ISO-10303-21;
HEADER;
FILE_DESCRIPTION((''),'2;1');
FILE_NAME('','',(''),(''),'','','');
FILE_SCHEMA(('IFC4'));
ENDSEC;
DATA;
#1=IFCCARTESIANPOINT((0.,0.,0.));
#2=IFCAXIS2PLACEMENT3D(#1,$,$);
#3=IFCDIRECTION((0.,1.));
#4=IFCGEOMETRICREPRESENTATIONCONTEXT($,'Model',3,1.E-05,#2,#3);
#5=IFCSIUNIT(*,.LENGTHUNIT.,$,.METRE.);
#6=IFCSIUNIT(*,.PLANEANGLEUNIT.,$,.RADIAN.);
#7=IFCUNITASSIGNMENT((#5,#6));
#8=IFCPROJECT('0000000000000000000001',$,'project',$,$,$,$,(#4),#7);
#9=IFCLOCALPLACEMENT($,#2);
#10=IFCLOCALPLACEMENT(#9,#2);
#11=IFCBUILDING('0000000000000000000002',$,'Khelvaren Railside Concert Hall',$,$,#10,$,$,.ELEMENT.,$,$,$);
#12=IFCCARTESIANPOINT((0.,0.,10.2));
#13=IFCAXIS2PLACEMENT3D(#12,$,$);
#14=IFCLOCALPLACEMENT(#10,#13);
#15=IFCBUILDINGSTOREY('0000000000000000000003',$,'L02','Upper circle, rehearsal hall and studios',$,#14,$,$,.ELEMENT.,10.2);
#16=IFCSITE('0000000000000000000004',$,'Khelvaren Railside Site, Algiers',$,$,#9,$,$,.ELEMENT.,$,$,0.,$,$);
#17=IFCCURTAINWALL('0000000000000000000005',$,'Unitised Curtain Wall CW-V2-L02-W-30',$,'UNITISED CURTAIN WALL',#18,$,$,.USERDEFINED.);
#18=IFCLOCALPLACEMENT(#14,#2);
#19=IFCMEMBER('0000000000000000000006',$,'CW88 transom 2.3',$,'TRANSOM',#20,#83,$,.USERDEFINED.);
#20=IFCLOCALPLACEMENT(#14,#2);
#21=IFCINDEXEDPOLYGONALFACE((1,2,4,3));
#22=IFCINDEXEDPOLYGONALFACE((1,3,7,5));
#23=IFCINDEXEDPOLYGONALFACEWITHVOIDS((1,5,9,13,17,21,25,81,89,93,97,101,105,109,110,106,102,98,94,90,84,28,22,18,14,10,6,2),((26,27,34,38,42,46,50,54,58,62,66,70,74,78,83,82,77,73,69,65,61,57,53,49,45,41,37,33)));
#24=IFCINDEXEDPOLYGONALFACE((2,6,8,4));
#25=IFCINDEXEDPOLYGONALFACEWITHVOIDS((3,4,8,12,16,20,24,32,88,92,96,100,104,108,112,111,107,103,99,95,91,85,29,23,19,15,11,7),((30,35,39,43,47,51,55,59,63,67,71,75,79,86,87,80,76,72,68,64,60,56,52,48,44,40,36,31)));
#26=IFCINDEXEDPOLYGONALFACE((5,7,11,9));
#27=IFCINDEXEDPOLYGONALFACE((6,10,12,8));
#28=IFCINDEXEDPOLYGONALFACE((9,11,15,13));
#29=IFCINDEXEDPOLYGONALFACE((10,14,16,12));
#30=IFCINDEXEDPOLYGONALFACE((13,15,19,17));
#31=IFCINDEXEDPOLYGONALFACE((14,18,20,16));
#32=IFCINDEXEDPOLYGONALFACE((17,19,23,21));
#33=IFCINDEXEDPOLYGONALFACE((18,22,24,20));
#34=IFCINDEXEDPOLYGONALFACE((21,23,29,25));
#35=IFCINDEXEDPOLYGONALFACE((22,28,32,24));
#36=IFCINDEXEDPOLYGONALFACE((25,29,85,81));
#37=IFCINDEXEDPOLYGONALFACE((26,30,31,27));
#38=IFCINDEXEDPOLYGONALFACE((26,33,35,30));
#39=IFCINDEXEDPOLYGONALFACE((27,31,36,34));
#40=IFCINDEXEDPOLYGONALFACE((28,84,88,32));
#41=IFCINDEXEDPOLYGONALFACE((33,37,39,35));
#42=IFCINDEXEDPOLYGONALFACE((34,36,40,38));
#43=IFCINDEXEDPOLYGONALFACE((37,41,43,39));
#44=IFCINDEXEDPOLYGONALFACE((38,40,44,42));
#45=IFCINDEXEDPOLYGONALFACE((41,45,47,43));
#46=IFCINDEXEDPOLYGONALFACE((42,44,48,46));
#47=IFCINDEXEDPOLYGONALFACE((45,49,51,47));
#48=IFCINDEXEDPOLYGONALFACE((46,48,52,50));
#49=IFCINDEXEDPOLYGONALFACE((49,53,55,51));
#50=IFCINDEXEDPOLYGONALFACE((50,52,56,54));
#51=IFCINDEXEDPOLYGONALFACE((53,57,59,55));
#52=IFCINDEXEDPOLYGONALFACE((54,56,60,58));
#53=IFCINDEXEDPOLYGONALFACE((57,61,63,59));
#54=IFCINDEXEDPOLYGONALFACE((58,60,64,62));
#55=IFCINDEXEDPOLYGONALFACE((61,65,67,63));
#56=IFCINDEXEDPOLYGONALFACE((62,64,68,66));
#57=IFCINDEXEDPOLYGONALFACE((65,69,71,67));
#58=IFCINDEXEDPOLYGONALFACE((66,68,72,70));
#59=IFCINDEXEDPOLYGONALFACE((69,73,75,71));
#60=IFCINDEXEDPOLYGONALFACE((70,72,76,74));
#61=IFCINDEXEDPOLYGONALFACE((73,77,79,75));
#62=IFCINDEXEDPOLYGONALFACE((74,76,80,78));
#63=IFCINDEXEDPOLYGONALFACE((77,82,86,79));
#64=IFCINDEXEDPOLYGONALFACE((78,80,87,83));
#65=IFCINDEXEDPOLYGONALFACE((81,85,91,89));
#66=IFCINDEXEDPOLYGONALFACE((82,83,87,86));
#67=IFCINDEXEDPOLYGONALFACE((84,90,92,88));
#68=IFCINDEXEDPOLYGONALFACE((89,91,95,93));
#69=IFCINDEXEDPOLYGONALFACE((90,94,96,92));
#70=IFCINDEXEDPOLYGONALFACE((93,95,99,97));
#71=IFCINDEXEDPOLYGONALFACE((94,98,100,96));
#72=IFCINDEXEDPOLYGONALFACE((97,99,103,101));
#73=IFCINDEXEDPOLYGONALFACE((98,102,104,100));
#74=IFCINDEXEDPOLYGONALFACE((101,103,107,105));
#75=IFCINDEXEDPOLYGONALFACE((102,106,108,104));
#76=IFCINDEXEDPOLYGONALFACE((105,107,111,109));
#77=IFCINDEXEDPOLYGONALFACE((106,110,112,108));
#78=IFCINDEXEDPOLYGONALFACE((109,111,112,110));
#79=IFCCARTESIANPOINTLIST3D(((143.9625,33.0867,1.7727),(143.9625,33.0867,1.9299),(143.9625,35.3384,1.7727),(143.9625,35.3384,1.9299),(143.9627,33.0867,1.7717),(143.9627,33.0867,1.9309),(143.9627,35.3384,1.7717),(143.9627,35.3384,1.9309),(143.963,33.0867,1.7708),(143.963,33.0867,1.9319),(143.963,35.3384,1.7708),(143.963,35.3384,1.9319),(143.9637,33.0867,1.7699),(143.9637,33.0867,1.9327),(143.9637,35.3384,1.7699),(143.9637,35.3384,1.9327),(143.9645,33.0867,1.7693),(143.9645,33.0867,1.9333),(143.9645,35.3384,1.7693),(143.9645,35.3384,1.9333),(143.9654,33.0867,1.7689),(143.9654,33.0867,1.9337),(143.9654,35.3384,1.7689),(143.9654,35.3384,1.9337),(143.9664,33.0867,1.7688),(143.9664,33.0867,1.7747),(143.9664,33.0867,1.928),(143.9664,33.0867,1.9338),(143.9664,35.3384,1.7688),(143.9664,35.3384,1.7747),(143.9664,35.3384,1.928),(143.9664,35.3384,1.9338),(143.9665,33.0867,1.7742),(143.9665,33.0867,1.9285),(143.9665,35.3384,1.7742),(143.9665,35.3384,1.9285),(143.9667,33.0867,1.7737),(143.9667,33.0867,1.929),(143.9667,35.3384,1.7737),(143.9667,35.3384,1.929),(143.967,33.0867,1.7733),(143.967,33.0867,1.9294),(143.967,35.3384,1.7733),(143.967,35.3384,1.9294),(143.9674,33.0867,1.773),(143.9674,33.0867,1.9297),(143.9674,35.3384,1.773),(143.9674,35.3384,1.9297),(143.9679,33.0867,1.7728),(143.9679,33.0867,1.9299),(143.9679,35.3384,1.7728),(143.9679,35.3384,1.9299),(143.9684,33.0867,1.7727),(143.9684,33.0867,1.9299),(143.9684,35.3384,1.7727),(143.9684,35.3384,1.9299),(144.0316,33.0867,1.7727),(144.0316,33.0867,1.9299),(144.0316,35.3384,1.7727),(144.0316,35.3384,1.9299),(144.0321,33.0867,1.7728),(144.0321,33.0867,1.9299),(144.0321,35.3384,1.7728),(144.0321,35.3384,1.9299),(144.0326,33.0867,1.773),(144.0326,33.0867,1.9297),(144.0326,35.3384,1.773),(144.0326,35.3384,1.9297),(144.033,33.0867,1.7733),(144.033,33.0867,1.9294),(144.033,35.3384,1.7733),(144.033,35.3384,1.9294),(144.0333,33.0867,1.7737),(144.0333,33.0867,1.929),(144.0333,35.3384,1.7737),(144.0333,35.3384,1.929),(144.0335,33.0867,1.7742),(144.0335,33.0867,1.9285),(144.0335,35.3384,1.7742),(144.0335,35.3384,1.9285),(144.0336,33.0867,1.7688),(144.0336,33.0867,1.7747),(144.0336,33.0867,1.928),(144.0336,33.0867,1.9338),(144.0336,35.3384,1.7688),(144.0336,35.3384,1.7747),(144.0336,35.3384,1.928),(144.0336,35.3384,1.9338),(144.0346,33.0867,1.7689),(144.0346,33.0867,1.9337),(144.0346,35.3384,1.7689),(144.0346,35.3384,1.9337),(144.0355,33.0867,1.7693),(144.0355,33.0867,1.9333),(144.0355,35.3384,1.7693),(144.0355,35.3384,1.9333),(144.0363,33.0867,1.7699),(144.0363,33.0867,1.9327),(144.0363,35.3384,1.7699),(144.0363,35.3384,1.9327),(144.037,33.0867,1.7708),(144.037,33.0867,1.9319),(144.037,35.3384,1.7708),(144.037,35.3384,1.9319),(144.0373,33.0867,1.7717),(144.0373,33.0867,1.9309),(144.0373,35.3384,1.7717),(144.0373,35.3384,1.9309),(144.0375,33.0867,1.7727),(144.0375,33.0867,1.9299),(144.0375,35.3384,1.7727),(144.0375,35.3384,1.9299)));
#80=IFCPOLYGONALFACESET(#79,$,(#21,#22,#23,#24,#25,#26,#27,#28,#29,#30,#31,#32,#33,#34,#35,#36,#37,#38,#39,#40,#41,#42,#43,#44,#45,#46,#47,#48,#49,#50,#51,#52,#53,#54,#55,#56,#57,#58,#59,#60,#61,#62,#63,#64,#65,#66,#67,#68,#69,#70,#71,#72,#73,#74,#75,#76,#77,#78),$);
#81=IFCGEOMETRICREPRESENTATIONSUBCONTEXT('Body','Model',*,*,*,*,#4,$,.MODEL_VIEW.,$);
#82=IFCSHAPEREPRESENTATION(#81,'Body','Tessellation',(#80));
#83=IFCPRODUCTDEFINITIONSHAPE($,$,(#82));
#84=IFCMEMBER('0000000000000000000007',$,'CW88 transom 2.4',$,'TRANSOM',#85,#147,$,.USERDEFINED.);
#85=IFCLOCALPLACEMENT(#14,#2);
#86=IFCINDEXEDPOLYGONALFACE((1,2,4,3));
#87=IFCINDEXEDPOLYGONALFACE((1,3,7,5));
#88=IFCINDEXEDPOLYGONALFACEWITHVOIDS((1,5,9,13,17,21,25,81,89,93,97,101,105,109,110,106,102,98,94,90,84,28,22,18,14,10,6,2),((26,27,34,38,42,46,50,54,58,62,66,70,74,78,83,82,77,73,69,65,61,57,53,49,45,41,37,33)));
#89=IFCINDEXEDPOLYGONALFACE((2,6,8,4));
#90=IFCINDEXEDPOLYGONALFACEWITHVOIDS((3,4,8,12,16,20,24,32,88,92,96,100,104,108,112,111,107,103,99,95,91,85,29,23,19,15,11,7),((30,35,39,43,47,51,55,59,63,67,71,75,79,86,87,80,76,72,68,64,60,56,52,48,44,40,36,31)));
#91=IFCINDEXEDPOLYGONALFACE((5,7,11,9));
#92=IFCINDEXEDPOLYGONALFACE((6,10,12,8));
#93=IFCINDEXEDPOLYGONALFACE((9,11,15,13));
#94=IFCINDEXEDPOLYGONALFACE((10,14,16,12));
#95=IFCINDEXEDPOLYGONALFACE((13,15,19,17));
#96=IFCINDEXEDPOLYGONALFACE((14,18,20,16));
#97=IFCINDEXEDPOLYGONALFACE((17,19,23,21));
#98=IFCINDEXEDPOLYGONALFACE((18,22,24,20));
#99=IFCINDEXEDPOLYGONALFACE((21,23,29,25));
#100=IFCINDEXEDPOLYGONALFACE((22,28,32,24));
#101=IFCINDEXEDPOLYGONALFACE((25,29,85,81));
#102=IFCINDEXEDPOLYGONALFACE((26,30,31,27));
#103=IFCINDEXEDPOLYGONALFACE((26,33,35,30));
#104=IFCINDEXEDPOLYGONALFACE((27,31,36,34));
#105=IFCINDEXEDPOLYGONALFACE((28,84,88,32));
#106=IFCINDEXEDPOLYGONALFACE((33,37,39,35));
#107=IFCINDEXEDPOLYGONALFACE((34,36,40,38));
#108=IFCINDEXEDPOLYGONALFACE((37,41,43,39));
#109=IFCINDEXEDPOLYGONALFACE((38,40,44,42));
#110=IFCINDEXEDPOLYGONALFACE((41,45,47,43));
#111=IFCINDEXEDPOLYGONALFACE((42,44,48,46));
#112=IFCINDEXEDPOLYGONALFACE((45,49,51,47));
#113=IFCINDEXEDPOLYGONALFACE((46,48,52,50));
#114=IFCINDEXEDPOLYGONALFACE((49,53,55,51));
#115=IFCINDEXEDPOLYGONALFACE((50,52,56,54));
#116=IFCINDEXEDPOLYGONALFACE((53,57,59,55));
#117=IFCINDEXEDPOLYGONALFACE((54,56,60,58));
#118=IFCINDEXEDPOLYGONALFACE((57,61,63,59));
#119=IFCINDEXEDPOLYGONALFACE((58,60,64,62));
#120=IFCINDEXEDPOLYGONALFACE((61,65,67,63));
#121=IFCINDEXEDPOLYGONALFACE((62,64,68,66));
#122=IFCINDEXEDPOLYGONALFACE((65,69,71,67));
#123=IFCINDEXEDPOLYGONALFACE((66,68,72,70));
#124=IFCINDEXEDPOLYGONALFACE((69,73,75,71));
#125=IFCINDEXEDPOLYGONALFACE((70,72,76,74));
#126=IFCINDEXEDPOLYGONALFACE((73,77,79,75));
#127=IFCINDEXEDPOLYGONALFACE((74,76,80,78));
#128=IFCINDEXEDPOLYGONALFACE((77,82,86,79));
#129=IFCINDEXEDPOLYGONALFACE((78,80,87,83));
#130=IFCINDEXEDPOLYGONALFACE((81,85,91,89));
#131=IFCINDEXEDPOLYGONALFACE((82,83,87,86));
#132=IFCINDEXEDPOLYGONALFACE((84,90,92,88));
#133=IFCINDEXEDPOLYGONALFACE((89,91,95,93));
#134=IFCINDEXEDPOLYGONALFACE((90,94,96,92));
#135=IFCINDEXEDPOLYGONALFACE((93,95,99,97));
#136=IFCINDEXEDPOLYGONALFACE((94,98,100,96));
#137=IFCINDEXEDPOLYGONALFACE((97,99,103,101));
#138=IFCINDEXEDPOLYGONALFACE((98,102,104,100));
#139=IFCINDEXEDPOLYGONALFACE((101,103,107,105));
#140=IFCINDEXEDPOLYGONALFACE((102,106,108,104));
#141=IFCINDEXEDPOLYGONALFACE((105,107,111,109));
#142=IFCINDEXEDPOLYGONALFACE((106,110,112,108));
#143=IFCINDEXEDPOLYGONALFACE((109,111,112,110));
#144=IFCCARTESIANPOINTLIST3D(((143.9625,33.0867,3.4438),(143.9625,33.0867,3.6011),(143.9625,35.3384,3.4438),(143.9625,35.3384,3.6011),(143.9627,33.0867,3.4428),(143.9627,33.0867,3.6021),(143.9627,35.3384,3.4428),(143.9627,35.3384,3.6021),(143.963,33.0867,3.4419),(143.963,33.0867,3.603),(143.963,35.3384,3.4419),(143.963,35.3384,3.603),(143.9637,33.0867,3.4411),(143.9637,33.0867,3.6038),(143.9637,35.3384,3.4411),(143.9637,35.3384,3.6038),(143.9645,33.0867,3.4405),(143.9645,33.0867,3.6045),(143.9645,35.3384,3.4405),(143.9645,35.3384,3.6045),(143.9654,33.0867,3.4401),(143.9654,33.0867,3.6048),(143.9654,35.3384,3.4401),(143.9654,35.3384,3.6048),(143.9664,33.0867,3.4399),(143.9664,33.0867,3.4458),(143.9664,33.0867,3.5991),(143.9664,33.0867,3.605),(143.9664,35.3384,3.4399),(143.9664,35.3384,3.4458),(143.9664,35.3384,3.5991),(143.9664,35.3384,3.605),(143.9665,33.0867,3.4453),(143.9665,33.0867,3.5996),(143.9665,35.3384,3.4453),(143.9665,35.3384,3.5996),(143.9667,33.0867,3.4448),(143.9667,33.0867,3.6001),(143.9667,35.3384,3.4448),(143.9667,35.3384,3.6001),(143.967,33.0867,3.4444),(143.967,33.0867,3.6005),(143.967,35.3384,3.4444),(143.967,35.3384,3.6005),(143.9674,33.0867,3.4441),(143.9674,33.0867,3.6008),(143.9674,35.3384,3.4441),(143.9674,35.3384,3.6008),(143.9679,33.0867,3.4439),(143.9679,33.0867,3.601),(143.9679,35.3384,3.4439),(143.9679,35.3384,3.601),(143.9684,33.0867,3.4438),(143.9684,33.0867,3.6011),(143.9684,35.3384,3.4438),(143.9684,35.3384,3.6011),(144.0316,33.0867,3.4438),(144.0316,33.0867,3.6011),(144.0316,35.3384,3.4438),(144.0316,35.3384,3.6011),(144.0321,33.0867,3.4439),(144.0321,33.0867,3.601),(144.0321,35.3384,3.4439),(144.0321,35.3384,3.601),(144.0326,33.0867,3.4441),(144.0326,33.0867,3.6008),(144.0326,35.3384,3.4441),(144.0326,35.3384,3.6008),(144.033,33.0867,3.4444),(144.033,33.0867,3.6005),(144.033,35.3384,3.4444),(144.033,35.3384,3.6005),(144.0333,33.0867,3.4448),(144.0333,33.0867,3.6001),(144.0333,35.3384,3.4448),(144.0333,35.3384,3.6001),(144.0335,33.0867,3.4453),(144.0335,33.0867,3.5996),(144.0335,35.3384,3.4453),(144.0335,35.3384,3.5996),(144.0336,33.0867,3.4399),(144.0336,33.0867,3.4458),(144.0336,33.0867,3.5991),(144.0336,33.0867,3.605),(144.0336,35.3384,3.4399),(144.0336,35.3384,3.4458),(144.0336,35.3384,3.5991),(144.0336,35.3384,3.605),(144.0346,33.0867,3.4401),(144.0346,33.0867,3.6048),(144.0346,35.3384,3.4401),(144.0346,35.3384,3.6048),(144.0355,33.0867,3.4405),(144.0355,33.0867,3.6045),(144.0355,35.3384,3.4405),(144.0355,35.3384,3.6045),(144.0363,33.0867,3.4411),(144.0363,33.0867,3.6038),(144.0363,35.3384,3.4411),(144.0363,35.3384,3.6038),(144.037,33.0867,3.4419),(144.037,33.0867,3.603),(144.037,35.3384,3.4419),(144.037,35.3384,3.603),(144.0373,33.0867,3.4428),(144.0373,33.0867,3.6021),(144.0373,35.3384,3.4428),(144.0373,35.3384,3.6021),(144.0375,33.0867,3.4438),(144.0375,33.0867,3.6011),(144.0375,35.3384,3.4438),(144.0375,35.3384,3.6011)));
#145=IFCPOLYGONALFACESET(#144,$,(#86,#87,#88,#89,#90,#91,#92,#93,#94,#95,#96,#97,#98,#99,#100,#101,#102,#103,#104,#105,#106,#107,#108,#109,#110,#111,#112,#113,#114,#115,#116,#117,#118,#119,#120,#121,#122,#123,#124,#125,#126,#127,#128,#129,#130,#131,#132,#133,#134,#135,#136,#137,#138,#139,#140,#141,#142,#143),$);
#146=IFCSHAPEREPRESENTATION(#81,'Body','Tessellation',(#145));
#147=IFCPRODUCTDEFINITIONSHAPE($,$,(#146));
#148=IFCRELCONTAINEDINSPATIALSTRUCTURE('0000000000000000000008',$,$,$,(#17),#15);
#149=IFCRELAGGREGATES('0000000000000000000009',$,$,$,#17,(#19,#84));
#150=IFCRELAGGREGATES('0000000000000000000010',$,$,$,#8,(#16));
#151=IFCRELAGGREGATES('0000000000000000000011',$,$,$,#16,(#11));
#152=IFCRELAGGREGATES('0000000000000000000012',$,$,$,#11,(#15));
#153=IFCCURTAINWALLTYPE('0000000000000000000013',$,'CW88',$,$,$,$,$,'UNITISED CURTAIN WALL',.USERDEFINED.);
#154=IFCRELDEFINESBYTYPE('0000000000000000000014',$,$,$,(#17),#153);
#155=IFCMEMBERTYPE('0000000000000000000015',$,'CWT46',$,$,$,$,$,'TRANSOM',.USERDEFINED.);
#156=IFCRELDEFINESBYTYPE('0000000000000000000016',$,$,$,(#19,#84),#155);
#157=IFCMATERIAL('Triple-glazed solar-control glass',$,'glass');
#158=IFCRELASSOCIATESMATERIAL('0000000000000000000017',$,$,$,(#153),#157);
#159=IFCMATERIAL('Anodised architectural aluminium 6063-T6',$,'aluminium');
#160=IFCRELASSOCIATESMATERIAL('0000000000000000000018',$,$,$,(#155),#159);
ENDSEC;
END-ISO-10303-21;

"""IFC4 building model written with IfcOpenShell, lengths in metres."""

from ifc_helpers import new_model, si_unit, direction, frame, origin, origin_2d, place, context, subcontext, project, spatial, hollow_rectangle, extrude, material, material_profile, profile_set, type_object, element, aggregate, save


model = new_model("IFC4")

# Units and contexts
model_context = context("Model", 3, precision=1e-05, world=origin(), true_north=direction((0.0, 1.0)))
body_context = subcontext(model_context, "Body", "Model", "MODEL_VIEW")
ifc_project = project(units=[si_unit("LENGTHUNIT", "METRE"), si_unit("PLANEANGLEUNIT", "RADIAN")], contexts=[model_context])

# Site, building, storey
site_placement = place(None, origin())
site = spatial("IfcSite", under=ifc_project, at=site_placement, Name="Khelvaren Railside Site, Algiers", CompositionType="ELEMENT", RefElevation=0.0)
building_placement = place(site_placement, origin())
building = spatial("IfcBuilding", under=site, at=building_placement, Name="Khelvaren Railside Concert Hall", CompositionType="ELEMENT")
storey_placement = place(building_placement, frame((0.0, 0.0, 10.2)))
storey = spatial("IfcBuildingStorey", under=building, at=storey_placement, Name="L02", Description="Upper circle, rehearsal hall and studios", CompositionType="ELEMENT", Elevation=10.2)

# Curtain wall
ifc_material_1 = material(Name="Triple-glazed solar-control glass", Category="glass")
curtain_wall_type_1 = type_object("IfcCurtainWallType", Name="CW88", ElementType="UNITISED CURTAIN WALL", PredefinedType="USERDEFINED", material=ifc_material_1)
curtain_wall_1_placement = place(storey_placement, origin())
curtain_wall_1 = element("IfcCurtainWall", 1, at=curtain_wall_1_placement, inside=storey, type_object=curtain_wall_type_1, Name="Unitised Curtain Wall CW-V2-L02-W-30", ObjectType="UNITISED CURTAIN WALL", PredefinedType="USERDEFINED")
ifc_material_2 = material(Name="Anodised architectural aluminium 6063-T6", Category="aluminium")

# Members
ifc_material_profile_1 = material_profile(ifc_material_2, hollow_rectangle(XDim=0.075, YDim=0.165, WallThickness=0.0039, InnerFilletRadius=0.002, OuterFilletRadius=0.0039, at=origin_2d()), Name="CWT 75x165x4")
ifc_profile_set_1 = profile_set([ifc_material_profile_1], Name="Anodised architectural aluminium 6063-T6")
member_type_1 = type_object("IfcMemberType", Name="CWT46", ElementType="TRANSOM", PredefinedType="USERDEFINED", material=ifc_profile_set_1)
member_1_placement = place(storey_placement, frame((144.0, 33.0867, 1.8513), z_axis=(0.0, 1.0, 0.0), x_axis=(-1.0, 0.0, 0.0)))
member_1 = element("IfcMember", 2, at=member_1_placement, type_object=member_type_1, Name="CW88 transom 2.3", ObjectType="TRANSOM", PredefinedType="USERDEFINED", context=body_context, shape_type="SweptSolid", body=[
    extrude(hollow_rectangle(XDim=0.075, YDim=0.165, WallThickness=0.0039, InnerFilletRadius=0.002, OuterFilletRadius=0.0039, at=origin_2d()), origin(), (0.0, 0.0, 1.0), 2.2517),
])
member_2_placement = place(storey_placement, frame((144.0, 33.0867, 3.5225), z_axis=(0.0, 1.0, 0.0), x_axis=(-1.0, 0.0, 0.0)))
member_2 = element("IfcMember", 3, at=member_2_placement, type_object=member_type_1, Name="CW88 transom 2.4", ObjectType="TRANSOM", PredefinedType="USERDEFINED", context=body_context, shape_type="SweptSolid", body=[
    extrude(hollow_rectangle(XDim=0.075, YDim=0.165, WallThickness=0.0039, InnerFilletRadius=0.002, OuterFilletRadius=0.0039, at=origin_2d()), origin(), (0.0, 0.0, 1.0), 2.2517),
])

aggregate(curtain_wall_1, [member_1, member_2])

save(model, "model.ifc")
